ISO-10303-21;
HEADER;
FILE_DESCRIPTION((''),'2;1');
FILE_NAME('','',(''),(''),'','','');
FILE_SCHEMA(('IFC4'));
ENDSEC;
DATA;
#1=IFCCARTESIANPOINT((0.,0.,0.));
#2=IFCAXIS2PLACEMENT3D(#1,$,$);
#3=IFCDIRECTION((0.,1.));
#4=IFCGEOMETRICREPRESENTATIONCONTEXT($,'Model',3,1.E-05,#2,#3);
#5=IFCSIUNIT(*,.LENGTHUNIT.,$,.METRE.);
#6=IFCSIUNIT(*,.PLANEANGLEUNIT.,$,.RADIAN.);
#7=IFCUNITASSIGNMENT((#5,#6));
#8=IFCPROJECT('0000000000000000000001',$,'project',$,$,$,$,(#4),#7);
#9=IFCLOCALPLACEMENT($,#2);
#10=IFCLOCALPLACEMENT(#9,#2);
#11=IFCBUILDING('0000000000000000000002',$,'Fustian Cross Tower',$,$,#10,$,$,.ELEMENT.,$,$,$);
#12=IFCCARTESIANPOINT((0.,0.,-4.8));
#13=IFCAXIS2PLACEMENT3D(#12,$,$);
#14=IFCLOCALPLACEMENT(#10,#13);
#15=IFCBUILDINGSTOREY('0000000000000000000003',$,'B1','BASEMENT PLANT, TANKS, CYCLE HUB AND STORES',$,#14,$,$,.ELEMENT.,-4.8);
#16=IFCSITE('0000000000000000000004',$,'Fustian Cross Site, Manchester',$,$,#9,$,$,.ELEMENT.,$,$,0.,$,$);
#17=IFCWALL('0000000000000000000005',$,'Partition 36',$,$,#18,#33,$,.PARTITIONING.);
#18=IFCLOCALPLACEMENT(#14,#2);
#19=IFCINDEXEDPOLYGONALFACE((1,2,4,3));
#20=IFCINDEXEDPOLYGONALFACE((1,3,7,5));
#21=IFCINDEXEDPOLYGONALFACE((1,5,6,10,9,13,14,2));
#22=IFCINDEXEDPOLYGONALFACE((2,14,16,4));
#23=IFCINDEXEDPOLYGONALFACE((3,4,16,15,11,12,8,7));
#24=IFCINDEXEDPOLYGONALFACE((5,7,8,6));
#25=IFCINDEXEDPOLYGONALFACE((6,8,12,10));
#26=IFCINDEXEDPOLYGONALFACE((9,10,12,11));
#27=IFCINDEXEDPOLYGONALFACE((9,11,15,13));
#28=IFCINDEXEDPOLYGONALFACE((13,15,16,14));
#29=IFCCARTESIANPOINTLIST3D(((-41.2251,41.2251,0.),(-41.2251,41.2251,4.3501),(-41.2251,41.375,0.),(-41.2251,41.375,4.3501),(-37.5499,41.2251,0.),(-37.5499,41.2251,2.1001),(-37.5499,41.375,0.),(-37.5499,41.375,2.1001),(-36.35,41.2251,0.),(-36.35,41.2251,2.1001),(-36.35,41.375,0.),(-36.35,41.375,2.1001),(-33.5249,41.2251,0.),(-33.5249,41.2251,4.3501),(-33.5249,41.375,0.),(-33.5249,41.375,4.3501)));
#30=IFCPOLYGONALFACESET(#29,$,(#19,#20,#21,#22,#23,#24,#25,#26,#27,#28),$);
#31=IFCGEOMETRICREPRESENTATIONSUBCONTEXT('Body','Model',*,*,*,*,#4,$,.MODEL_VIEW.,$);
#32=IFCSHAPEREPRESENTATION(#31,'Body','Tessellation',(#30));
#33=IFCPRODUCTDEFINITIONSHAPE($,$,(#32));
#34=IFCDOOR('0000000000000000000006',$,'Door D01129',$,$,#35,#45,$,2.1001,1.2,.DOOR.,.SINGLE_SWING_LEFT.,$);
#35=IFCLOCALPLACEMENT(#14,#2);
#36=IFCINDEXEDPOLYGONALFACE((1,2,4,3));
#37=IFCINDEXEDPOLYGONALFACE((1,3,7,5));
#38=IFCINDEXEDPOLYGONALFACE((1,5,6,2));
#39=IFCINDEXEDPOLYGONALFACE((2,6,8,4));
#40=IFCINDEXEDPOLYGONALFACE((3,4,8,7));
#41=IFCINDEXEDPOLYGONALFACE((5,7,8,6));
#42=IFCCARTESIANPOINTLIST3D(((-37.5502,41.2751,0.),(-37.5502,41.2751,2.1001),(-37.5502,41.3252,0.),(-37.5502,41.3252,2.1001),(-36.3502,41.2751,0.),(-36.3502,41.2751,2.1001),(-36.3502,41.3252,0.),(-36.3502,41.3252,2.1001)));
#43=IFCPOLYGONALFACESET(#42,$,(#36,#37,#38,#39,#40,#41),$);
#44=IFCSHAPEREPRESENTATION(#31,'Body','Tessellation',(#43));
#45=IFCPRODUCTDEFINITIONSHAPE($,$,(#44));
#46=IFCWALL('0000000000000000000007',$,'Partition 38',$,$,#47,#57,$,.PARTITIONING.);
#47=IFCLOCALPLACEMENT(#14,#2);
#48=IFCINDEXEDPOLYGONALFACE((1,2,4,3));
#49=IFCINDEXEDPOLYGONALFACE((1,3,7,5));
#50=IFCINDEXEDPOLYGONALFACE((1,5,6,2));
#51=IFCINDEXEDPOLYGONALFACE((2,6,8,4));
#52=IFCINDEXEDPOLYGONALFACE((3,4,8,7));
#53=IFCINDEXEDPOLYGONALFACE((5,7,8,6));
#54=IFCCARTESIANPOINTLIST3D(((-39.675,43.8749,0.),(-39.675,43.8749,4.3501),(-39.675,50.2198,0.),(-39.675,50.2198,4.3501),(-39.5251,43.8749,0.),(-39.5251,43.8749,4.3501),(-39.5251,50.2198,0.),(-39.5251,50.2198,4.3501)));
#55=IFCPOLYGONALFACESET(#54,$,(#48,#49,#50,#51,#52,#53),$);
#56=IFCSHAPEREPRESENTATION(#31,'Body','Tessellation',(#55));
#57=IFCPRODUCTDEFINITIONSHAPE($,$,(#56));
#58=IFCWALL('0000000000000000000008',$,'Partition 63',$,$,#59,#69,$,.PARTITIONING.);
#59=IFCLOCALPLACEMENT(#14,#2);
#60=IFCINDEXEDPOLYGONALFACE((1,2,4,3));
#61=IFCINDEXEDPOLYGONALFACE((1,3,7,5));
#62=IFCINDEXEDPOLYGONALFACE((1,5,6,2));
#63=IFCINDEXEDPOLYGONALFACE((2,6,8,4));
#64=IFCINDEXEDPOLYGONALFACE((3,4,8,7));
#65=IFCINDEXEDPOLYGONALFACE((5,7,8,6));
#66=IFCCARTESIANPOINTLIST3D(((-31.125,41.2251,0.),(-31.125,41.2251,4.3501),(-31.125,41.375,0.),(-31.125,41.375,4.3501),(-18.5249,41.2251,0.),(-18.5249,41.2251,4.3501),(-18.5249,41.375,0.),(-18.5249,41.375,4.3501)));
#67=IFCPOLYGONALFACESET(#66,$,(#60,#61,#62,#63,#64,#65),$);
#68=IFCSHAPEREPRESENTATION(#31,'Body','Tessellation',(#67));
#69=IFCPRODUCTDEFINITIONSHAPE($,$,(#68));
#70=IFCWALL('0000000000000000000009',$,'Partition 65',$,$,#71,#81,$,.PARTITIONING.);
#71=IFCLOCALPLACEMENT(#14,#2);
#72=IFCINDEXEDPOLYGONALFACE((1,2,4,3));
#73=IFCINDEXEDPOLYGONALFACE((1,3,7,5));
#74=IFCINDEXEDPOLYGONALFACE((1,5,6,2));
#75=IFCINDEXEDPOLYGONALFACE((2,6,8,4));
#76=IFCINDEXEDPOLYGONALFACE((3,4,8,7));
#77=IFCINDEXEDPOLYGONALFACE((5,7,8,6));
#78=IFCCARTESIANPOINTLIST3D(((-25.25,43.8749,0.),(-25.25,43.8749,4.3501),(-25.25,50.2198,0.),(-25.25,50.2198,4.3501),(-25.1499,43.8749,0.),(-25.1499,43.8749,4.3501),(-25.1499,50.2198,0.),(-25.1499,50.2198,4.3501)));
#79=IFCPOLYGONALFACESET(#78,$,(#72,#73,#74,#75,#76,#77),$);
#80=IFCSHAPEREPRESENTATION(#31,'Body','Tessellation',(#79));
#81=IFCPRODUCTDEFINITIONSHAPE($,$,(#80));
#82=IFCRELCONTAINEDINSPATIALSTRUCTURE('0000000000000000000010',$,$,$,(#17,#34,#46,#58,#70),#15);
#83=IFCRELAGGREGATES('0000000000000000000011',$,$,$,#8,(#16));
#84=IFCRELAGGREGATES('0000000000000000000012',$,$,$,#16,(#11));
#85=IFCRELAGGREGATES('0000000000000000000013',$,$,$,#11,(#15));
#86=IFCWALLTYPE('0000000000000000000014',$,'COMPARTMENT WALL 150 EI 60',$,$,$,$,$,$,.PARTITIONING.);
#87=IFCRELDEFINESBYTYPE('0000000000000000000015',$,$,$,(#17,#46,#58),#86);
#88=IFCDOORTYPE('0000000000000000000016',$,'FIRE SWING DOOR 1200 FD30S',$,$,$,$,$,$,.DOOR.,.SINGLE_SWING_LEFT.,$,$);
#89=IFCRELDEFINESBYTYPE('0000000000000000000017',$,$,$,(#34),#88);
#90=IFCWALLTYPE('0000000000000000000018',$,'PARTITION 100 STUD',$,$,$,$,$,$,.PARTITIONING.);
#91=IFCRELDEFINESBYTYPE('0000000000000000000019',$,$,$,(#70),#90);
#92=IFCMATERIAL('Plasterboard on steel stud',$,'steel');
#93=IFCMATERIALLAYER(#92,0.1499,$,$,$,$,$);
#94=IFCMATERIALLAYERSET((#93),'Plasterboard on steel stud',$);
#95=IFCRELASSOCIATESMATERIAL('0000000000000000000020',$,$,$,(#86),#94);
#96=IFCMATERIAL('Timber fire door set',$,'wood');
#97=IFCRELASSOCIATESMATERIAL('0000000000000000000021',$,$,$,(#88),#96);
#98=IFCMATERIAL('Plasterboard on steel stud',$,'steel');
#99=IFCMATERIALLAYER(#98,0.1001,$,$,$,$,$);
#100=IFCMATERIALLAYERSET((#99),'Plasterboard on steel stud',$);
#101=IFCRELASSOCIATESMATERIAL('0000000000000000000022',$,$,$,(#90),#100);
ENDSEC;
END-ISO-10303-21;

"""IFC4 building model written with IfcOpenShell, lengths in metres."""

from ifc_helpers import new_model, si_unit, direction, frame, frame_2d, origin, place, context, subcontext, project, spatial, rectangle, extrude, material, layer, layer_set, type_object, element, fill, save


model = new_model("IFC4")

# Units and contexts
model_context = context("Model", 3, precision=1e-05, world=origin(), true_north=direction((0.0, 1.0)))
body_context = subcontext(model_context, "Body", "Model", "MODEL_VIEW")
ifc_project = project(units=[si_unit("LENGTHUNIT", "METRE"), si_unit("PLANEANGLEUNIT", "RADIAN")], contexts=[model_context])

# Site, building, storey
site_placement = place(None, origin())
site = spatial("IfcSite", under=ifc_project, at=site_placement, Name="Fustian Cross Site, Manchester", CompositionType="ELEMENT", RefElevation=0.0)
building_placement = place(site_placement, origin())
building = spatial("IfcBuilding", under=site, at=building_placement, Name="Fustian Cross Tower", CompositionType="ELEMENT")
storey_placement = place(building_placement, frame((0.0, 0.0, -4.8)))
storey = spatial("IfcBuildingStorey", under=building, at=storey_placement, Name="B1", Description="BASEMENT PLANT, TANKS, CYCLE HUB AND STORES", CompositionType="ELEMENT", Elevation=-4.8)

# Wall, opening, door
ifc_material_1 = material(Name="Plasterboard on steel stud", Category="steel")
ifc_layer_1 = layer(ifc_material_1, 0.1499)
ifc_layer_set_1 = layer_set([ifc_layer_1], Name="Plasterboard on steel stud")
wall_type_1 = type_object("IfcWallType", Name="COMPARTMENT WALL 150 EI 60", PredefinedType="PARTITIONING", material=ifc_layer_set_1)
wall_1_placement = place(storey_placement, frame((-41.2251, 41.3, 0.0), z_axis=(0.0, 0.0, 1.0), x_axis=(1.0, 0.0, 0.0)))
wall_1 = element("IfcWall", 1, at=wall_1_placement, inside=storey, type_object=wall_type_1, Name="Partition 36", PredefinedType="PARTITIONING", context=body_context, shape_type="SweptSolid", body=[
    extrude(rectangle(XDim=7.7002, YDim=0.1499, at=frame_2d((3.8501, 0.0))), origin(), (0.0, 0.0, 1.0), 4.3501),
])
opening_placement = place(wall_1_placement, frame((3.675, 0.0, 0.0)))
opening = element("IfcOpeningElement", 2, at=opening_placement, cuts=wall_1, PredefinedType="OPENING", context=body_context, shape_type="SweptSolid", body=[
    extrude(rectangle(XDim=1.2, YDim=2.1001, at=frame_2d((0.6001, 1.05))), frame((0.0, 0.085, 0.0), z_axis=(0.0, -1.0, 0.0), x_axis=(1.0, 0.0, 0.0)), (0.0, 0.0, 1.0), 0.1699),
])
ifc_material_2 = material(Name="Timber fire door set", Category="wood")
door_type = type_object("IfcDoorType", Name="FIRE SWING DOOR 1200 FD30S", OperationType="SINGLE_SWING_LEFT", PredefinedType="DOOR", material=ifc_material_2)
door_placement = place(opening_placement, frame((1.2, 0.0, 0.0), z_axis=(0.0, 0.0, 1.0), x_axis=(-1.0, 0.0, 0.0)))
door = element("IfcDoor", 3, at=door_placement, inside=storey, type_object=door_type, Name="Door D01129", OperationType="SINGLE_SWING_LEFT", OverallHeight=2.1001, OverallWidth=1.2, PredefinedType="DOOR", context=body_context, shape_type="SweptSolid", body=[
    extrude(rectangle(XDim=1.2, YDim=2.1001, at=frame_2d((0.6001, 1.05))), frame((0.0, 0.0249, 0.0), z_axis=(0.0, -1.0, 0.0), x_axis=(1.0, 0.0, 0.0)), (0.0, 0.0, 1.0), 0.05),
])
fill(opening, door)

# Walls
wall_2_placement = place(storey_placement, frame((-39.6001, 43.875, 0.0), z_axis=(0.0, 0.0, 1.0), x_axis=(0.0, 1.0, 0.0)))
element("IfcWall", 4, at=wall_2_placement, inside=storey, type_object=wall_type_1, Name="Partition 38", PredefinedType="PARTITIONING", context=body_context, shape_type="SweptSolid", body=[
    extrude(rectangle(XDim=6.345, YDim=0.1499, at=frame_2d((3.1724, 0.0))), origin(), (0.0, 0.0, 1.0), 4.3501),
])
wall_3_placement = place(storey_placement, frame((-31.125, 41.3, 0.0), z_axis=(0.0, 0.0, 1.0), x_axis=(1.0, 0.0, 0.0)))
element("IfcWall", 5, at=wall_3_placement, inside=storey, type_object=wall_type_1, Name="Partition 63", PredefinedType="PARTITIONING", context=body_context, shape_type="SweptSolid", body=[
    extrude(rectangle(XDim=12.6001, YDim=0.1499, at=frame_2d((6.3, 0.0))), origin(), (0.0, 0.0, 1.0), 4.3501),
])
ifc_material_3 = material(Name="Plasterboard on steel stud", Category="steel")
ifc_layer_2 = layer(ifc_material_3, 0.1001)
ifc_layer_set_2 = layer_set([ifc_layer_2], Name="Plasterboard on steel stud")
wall_type_2 = type_object("IfcWallType", Name="PARTITION 100 STUD", PredefinedType="PARTITIONING", material=ifc_layer_set_2)
wall_4_placement = place(storey_placement, frame((-25.2, 43.875, 0.0), z_axis=(0.0, 0.0, 1.0), x_axis=(0.0, 1.0, 0.0)))
element("IfcWall", 6, at=wall_4_placement, inside=storey, type_object=wall_type_2, Name="Partition 65", PredefinedType="PARTITIONING", context=body_context, shape_type="SweptSolid", body=[
    extrude(rectangle(XDim=6.345, YDim=0.1001, at=frame_2d((3.1724, 0.0))), origin(), (0.0, 0.0, 1.0), 4.3501),
])

save(model, "model.ifc")
